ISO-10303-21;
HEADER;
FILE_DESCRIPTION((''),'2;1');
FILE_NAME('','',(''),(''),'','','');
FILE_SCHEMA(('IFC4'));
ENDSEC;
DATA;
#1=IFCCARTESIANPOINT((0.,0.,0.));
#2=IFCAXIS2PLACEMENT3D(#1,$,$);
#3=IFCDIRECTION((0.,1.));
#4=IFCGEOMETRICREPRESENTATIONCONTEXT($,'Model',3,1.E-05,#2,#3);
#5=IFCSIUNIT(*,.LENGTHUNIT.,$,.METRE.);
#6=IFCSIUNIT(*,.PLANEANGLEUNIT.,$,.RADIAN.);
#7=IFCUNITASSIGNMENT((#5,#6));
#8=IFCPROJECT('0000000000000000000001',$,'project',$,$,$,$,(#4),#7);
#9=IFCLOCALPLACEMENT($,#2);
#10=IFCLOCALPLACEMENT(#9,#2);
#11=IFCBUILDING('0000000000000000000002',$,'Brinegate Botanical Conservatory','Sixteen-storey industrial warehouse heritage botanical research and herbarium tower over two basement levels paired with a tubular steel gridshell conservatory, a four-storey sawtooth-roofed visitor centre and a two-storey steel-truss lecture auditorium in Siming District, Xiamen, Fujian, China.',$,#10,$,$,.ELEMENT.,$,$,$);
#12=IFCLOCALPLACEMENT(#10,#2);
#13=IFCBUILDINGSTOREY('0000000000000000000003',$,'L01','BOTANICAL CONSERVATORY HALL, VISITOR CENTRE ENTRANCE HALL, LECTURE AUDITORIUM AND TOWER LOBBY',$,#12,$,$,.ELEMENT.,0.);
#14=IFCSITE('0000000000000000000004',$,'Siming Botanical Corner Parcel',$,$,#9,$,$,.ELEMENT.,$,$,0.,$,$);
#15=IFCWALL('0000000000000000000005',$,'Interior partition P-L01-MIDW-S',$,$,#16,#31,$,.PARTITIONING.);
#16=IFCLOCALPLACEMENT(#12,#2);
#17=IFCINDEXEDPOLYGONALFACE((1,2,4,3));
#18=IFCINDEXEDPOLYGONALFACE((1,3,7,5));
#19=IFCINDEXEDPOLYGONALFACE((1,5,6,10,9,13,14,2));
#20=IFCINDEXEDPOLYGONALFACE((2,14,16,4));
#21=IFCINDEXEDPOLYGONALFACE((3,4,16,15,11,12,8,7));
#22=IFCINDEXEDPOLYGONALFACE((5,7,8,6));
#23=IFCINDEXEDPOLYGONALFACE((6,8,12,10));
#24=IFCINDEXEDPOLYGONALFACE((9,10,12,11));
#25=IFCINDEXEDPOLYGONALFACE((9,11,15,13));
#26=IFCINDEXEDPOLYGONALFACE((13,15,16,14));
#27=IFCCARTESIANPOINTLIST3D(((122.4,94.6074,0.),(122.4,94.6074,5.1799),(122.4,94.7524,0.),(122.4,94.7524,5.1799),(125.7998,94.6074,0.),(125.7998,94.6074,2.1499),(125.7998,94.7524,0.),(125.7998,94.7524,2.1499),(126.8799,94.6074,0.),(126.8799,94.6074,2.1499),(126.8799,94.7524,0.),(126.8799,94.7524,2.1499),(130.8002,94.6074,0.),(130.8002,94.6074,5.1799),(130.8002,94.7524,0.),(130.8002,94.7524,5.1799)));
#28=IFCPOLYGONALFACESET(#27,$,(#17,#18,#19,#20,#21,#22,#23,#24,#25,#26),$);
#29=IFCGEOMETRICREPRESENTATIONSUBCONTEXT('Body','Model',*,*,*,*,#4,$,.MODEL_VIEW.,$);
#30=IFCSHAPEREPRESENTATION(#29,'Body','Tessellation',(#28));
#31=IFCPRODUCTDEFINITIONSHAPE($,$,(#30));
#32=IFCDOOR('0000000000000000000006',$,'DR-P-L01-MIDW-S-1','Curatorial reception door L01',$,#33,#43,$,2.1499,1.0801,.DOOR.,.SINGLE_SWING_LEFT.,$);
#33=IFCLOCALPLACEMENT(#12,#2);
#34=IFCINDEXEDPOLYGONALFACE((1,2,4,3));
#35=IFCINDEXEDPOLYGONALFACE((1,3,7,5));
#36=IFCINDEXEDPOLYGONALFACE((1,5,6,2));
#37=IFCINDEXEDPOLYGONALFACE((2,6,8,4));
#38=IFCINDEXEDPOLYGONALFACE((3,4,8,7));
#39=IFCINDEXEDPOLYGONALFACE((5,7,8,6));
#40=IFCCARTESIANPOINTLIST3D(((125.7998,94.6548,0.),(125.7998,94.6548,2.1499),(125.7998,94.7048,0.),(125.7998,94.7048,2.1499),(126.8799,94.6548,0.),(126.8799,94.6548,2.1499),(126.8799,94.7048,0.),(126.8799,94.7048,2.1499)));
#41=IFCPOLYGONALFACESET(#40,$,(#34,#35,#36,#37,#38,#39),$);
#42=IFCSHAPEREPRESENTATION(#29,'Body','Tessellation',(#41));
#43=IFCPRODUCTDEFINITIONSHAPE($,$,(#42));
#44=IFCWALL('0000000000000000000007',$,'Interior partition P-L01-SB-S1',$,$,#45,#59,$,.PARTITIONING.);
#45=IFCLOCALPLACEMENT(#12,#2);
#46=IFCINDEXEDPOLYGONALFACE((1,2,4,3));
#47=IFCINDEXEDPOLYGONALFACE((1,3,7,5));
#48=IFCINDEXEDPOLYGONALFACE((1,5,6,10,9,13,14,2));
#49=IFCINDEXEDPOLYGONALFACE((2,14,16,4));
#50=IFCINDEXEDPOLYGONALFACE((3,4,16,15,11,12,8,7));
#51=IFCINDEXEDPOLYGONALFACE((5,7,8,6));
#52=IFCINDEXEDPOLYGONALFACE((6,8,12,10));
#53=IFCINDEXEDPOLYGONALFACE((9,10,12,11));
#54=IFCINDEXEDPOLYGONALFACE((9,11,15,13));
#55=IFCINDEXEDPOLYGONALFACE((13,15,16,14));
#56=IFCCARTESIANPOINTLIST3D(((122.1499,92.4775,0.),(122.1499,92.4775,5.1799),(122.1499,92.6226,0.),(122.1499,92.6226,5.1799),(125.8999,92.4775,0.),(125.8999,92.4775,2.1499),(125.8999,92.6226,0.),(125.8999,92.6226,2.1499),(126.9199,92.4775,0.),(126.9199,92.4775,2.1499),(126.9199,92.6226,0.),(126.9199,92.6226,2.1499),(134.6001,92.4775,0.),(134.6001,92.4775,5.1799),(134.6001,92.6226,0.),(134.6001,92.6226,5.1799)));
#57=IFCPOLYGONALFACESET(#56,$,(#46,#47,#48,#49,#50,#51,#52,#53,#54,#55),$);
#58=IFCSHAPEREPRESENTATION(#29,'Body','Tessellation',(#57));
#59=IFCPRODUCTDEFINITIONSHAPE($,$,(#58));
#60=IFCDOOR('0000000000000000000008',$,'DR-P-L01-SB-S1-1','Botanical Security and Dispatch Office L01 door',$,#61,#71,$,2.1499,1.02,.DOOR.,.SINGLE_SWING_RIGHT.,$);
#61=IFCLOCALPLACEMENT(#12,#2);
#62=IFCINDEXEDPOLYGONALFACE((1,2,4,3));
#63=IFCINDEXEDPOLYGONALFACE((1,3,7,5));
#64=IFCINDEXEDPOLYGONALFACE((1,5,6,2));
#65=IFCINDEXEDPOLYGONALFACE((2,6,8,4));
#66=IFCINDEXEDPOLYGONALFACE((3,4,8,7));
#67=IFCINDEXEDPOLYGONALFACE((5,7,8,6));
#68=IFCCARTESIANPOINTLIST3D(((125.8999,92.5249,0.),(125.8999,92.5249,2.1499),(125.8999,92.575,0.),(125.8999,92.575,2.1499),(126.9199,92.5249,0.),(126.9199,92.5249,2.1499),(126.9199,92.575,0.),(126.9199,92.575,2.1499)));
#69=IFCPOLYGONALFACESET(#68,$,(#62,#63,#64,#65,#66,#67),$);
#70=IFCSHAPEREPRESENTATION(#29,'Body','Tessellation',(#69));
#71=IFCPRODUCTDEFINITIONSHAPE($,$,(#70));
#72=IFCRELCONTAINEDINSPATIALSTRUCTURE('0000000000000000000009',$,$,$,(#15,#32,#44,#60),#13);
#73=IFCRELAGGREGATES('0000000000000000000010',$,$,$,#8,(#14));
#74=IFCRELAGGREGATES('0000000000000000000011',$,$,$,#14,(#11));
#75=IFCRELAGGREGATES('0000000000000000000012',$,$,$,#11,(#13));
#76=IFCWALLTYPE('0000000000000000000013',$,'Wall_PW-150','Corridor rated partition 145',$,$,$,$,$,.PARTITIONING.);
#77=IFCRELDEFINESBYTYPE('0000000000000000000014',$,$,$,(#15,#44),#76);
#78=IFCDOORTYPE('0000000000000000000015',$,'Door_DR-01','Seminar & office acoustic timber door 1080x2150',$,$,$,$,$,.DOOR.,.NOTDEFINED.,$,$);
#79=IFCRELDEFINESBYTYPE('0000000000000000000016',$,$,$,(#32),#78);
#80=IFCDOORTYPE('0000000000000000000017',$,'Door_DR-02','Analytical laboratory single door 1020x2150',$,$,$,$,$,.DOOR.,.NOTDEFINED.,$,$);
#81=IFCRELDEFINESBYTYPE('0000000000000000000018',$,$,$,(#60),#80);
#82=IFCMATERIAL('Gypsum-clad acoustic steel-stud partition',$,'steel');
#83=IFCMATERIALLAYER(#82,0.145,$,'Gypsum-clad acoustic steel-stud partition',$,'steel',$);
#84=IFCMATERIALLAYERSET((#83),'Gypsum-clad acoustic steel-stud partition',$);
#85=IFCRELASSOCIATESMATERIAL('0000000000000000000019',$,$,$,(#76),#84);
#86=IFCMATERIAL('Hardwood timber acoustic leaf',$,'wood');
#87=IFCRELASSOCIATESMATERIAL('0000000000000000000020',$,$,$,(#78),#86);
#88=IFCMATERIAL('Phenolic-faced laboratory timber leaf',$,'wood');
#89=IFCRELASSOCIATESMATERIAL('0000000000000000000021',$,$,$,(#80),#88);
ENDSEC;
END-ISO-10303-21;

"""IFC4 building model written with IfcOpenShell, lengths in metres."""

from ifc_helpers import new_model, si_unit, direction, frame, frame_2d, origin, place, context, subcontext, project, spatial, rectangle, extrude, material, layer, layer_set, type_object, element, fill, save


model = new_model("IFC4")

# Units and contexts
model_context = context("Model", 3, precision=1e-05, world=origin(), true_north=direction((0.0, 1.0)))
body_context = subcontext(model_context, "Body", "Model", "MODEL_VIEW")
ifc_project = project(units=[si_unit("LENGTHUNIT", "METRE"), si_unit("PLANEANGLEUNIT", "RADIAN")], contexts=[model_context])

# Site, building, storey
site_placement = place(None, origin())
site = spatial("IfcSite", under=ifc_project, at=site_placement, Name="Siming Botanical Corner Parcel", CompositionType="ELEMENT", RefElevation=0.0)
building_placement = place(site_placement, origin())
building = spatial("IfcBuilding", under=site, at=building_placement, Name="Brinegate Botanical Conservatory", Description="Sixteen-storey industrial warehouse heritage botanical research and herbarium tower over two basement levels paired with a tubular steel gridshell conservatory, a four-storey sawtooth-roofed visitor centre and a two-storey steel-truss lecture auditorium in Siming District, Xiamen, Fujian, China.", CompositionType="ELEMENT")
storey_placement = place(building_placement, origin())
storey = spatial("IfcBuildingStorey", under=building, at=storey_placement, Name="L01", Description="BOTANICAL CONSERVATORY HALL, VISITOR CENTRE ENTRANCE HALL, LECTURE AUDITORIUM AND TOWER LOBBY", CompositionType="ELEMENT", Elevation=0.0)

# Walls, openings, doors
ifc_material_1 = material(Name="Gypsum-clad acoustic steel-stud partition", Category="steel")
ifc_layer_1 = layer(ifc_material_1, 0.145, Name="Gypsum-clad acoustic steel-stud partition", Category="steel")
ifc_layer_set_1 = layer_set([ifc_layer_1], Name="Gypsum-clad acoustic steel-stud partition")
wall_type_1 = type_object("IfcWallType", Name="Wall_PW-150", Description="Corridor rated partition 145", PredefinedType="PARTITIONING", material=ifc_layer_set_1)
wall_1_placement = place(storey_placement, frame((122.3999, 94.6799, 0.0), z_axis=(0.0, 0.0, 1.0), x_axis=(1.0, 0.0, 0.0)))
wall_1 = element("IfcWall", 1, at=wall_1_placement, inside=storey, type_object=wall_type_1, Name="Interior partition P-L01-MIDW-S", PredefinedType="PARTITIONING", context=body_context, shape_type="SweptSolid", body=[
    extrude(rectangle(XDim=8.4001, YDim=0.145, at=frame_2d((4.2002, 0.0))), origin(), (0.0, 0.0, 1.0), 5.1799),
])
opening_1_placement = place(wall_1_placement, frame((3.3999, 0.0, 0.0)))
opening_1 = element("IfcOpeningElement", 2, at=opening_1_placement, cuts=wall_1, PredefinedType="OPENING", context=body_context, shape_type="SweptSolid", body=[
    extrude(rectangle(XDim=1.0801, YDim=2.1499, at=frame_2d((0.54, 1.075))), frame((0.0, 0.0825, 0.0), z_axis=(0.0, -1.0, 0.0), x_axis=(1.0, 0.0, 0.0)), (0.0, 0.0, 1.0), 0.165),
])
ifc_material_2 = material(Name="Hardwood timber acoustic leaf", Category="wood")
door_type_1 = type_object("IfcDoorType", Name="Door_DR-01", Description="Seminar & office acoustic timber door 1080x2150", OperationType="NOTDEFINED", PredefinedType="DOOR", material=ifc_material_2)
door_1_placement = place(opening_1_placement, origin())
door_1 = element("IfcDoor", 3, at=door_1_placement, inside=storey, type_object=door_type_1, Name="DR-P-L01-MIDW-S-1", Description="Curatorial reception door L01", OperationType="SINGLE_SWING_LEFT", OverallHeight=2.1499, OverallWidth=1.0801, PredefinedType="DOOR", context=body_context, shape_type="SweptSolid", body=[
    extrude(rectangle(XDim=1.0801, YDim=2.1499, at=frame_2d((0.54, 1.075))), frame((0.0, 0.0249, 0.0), z_axis=(0.0, -1.0, 0.0), x_axis=(1.0, 0.0, 0.0)), (0.0, 0.0, 1.0), 0.05),
])
fill(opening_1, door_1)
wall_2_placement = place(storey_placement, frame((122.1499, 92.55, 0.0), z_axis=(0.0, 0.0, 1.0), x_axis=(1.0, 0.0, 0.0)))
wall_2 = element("IfcWall", 4, at=wall_2_placement, inside=storey, type_object=wall_type_1, Name="Interior partition P-L01-SB-S1", PredefinedType="PARTITIONING", context=body_context, shape_type="SweptSolid", body=[
    extrude(rectangle(XDim=12.4502, YDim=0.145, at=frame_2d((6.2251, 0.0))), origin(), (0.0, 0.0, 1.0), 5.1799),
])
opening_2_placement = place(wall_2_placement, frame((3.75, 0.0, 0.0)))
opening_2 = element("IfcOpeningElement", 5, at=opening_2_placement, cuts=wall_2, PredefinedType="OPENING", context=body_context, shape_type="SweptSolid", body=[
    extrude(rectangle(XDim=1.02, YDim=2.1499, at=frame_2d((0.51, 1.075))), frame((0.0, 0.0825, 0.0), z_axis=(0.0, -1.0, 0.0), x_axis=(1.0, 0.0, 0.0)), (0.0, 0.0, 1.0), 0.165),
])
ifc_material_3 = material(Name="Phenolic-faced laboratory timber leaf", Category="wood")
door_type_2 = type_object("IfcDoorType", Name="Door_DR-02", Description="Analytical laboratory single door 1020x2150", OperationType="NOTDEFINED", PredefinedType="DOOR", material=ifc_material_3)
door_2_placement = place(opening_2_placement, origin())
door_2 = element("IfcDoor", 6, at=door_2_placement, inside=storey, type_object=door_type_2, Name="DR-P-L01-SB-S1-1", Description="Botanical Security and Dispatch Office L01 door", OperationType="SINGLE_SWING_RIGHT", OverallHeight=2.1499, OverallWidth=1.02, PredefinedType="DOOR", context=body_context, shape_type="SweptSolid", body=[
    extrude(rectangle(XDim=1.02, YDim=2.1499, at=frame_2d((0.51, 1.075))), frame((0.0, 0.0249, 0.0), z_axis=(0.0, -1.0, 0.0), x_axis=(1.0, 0.0, 0.0)), (0.0, 0.0, 1.0), 0.05),
])
fill(opening_2, door_2)

save(model, "model.ifc")
